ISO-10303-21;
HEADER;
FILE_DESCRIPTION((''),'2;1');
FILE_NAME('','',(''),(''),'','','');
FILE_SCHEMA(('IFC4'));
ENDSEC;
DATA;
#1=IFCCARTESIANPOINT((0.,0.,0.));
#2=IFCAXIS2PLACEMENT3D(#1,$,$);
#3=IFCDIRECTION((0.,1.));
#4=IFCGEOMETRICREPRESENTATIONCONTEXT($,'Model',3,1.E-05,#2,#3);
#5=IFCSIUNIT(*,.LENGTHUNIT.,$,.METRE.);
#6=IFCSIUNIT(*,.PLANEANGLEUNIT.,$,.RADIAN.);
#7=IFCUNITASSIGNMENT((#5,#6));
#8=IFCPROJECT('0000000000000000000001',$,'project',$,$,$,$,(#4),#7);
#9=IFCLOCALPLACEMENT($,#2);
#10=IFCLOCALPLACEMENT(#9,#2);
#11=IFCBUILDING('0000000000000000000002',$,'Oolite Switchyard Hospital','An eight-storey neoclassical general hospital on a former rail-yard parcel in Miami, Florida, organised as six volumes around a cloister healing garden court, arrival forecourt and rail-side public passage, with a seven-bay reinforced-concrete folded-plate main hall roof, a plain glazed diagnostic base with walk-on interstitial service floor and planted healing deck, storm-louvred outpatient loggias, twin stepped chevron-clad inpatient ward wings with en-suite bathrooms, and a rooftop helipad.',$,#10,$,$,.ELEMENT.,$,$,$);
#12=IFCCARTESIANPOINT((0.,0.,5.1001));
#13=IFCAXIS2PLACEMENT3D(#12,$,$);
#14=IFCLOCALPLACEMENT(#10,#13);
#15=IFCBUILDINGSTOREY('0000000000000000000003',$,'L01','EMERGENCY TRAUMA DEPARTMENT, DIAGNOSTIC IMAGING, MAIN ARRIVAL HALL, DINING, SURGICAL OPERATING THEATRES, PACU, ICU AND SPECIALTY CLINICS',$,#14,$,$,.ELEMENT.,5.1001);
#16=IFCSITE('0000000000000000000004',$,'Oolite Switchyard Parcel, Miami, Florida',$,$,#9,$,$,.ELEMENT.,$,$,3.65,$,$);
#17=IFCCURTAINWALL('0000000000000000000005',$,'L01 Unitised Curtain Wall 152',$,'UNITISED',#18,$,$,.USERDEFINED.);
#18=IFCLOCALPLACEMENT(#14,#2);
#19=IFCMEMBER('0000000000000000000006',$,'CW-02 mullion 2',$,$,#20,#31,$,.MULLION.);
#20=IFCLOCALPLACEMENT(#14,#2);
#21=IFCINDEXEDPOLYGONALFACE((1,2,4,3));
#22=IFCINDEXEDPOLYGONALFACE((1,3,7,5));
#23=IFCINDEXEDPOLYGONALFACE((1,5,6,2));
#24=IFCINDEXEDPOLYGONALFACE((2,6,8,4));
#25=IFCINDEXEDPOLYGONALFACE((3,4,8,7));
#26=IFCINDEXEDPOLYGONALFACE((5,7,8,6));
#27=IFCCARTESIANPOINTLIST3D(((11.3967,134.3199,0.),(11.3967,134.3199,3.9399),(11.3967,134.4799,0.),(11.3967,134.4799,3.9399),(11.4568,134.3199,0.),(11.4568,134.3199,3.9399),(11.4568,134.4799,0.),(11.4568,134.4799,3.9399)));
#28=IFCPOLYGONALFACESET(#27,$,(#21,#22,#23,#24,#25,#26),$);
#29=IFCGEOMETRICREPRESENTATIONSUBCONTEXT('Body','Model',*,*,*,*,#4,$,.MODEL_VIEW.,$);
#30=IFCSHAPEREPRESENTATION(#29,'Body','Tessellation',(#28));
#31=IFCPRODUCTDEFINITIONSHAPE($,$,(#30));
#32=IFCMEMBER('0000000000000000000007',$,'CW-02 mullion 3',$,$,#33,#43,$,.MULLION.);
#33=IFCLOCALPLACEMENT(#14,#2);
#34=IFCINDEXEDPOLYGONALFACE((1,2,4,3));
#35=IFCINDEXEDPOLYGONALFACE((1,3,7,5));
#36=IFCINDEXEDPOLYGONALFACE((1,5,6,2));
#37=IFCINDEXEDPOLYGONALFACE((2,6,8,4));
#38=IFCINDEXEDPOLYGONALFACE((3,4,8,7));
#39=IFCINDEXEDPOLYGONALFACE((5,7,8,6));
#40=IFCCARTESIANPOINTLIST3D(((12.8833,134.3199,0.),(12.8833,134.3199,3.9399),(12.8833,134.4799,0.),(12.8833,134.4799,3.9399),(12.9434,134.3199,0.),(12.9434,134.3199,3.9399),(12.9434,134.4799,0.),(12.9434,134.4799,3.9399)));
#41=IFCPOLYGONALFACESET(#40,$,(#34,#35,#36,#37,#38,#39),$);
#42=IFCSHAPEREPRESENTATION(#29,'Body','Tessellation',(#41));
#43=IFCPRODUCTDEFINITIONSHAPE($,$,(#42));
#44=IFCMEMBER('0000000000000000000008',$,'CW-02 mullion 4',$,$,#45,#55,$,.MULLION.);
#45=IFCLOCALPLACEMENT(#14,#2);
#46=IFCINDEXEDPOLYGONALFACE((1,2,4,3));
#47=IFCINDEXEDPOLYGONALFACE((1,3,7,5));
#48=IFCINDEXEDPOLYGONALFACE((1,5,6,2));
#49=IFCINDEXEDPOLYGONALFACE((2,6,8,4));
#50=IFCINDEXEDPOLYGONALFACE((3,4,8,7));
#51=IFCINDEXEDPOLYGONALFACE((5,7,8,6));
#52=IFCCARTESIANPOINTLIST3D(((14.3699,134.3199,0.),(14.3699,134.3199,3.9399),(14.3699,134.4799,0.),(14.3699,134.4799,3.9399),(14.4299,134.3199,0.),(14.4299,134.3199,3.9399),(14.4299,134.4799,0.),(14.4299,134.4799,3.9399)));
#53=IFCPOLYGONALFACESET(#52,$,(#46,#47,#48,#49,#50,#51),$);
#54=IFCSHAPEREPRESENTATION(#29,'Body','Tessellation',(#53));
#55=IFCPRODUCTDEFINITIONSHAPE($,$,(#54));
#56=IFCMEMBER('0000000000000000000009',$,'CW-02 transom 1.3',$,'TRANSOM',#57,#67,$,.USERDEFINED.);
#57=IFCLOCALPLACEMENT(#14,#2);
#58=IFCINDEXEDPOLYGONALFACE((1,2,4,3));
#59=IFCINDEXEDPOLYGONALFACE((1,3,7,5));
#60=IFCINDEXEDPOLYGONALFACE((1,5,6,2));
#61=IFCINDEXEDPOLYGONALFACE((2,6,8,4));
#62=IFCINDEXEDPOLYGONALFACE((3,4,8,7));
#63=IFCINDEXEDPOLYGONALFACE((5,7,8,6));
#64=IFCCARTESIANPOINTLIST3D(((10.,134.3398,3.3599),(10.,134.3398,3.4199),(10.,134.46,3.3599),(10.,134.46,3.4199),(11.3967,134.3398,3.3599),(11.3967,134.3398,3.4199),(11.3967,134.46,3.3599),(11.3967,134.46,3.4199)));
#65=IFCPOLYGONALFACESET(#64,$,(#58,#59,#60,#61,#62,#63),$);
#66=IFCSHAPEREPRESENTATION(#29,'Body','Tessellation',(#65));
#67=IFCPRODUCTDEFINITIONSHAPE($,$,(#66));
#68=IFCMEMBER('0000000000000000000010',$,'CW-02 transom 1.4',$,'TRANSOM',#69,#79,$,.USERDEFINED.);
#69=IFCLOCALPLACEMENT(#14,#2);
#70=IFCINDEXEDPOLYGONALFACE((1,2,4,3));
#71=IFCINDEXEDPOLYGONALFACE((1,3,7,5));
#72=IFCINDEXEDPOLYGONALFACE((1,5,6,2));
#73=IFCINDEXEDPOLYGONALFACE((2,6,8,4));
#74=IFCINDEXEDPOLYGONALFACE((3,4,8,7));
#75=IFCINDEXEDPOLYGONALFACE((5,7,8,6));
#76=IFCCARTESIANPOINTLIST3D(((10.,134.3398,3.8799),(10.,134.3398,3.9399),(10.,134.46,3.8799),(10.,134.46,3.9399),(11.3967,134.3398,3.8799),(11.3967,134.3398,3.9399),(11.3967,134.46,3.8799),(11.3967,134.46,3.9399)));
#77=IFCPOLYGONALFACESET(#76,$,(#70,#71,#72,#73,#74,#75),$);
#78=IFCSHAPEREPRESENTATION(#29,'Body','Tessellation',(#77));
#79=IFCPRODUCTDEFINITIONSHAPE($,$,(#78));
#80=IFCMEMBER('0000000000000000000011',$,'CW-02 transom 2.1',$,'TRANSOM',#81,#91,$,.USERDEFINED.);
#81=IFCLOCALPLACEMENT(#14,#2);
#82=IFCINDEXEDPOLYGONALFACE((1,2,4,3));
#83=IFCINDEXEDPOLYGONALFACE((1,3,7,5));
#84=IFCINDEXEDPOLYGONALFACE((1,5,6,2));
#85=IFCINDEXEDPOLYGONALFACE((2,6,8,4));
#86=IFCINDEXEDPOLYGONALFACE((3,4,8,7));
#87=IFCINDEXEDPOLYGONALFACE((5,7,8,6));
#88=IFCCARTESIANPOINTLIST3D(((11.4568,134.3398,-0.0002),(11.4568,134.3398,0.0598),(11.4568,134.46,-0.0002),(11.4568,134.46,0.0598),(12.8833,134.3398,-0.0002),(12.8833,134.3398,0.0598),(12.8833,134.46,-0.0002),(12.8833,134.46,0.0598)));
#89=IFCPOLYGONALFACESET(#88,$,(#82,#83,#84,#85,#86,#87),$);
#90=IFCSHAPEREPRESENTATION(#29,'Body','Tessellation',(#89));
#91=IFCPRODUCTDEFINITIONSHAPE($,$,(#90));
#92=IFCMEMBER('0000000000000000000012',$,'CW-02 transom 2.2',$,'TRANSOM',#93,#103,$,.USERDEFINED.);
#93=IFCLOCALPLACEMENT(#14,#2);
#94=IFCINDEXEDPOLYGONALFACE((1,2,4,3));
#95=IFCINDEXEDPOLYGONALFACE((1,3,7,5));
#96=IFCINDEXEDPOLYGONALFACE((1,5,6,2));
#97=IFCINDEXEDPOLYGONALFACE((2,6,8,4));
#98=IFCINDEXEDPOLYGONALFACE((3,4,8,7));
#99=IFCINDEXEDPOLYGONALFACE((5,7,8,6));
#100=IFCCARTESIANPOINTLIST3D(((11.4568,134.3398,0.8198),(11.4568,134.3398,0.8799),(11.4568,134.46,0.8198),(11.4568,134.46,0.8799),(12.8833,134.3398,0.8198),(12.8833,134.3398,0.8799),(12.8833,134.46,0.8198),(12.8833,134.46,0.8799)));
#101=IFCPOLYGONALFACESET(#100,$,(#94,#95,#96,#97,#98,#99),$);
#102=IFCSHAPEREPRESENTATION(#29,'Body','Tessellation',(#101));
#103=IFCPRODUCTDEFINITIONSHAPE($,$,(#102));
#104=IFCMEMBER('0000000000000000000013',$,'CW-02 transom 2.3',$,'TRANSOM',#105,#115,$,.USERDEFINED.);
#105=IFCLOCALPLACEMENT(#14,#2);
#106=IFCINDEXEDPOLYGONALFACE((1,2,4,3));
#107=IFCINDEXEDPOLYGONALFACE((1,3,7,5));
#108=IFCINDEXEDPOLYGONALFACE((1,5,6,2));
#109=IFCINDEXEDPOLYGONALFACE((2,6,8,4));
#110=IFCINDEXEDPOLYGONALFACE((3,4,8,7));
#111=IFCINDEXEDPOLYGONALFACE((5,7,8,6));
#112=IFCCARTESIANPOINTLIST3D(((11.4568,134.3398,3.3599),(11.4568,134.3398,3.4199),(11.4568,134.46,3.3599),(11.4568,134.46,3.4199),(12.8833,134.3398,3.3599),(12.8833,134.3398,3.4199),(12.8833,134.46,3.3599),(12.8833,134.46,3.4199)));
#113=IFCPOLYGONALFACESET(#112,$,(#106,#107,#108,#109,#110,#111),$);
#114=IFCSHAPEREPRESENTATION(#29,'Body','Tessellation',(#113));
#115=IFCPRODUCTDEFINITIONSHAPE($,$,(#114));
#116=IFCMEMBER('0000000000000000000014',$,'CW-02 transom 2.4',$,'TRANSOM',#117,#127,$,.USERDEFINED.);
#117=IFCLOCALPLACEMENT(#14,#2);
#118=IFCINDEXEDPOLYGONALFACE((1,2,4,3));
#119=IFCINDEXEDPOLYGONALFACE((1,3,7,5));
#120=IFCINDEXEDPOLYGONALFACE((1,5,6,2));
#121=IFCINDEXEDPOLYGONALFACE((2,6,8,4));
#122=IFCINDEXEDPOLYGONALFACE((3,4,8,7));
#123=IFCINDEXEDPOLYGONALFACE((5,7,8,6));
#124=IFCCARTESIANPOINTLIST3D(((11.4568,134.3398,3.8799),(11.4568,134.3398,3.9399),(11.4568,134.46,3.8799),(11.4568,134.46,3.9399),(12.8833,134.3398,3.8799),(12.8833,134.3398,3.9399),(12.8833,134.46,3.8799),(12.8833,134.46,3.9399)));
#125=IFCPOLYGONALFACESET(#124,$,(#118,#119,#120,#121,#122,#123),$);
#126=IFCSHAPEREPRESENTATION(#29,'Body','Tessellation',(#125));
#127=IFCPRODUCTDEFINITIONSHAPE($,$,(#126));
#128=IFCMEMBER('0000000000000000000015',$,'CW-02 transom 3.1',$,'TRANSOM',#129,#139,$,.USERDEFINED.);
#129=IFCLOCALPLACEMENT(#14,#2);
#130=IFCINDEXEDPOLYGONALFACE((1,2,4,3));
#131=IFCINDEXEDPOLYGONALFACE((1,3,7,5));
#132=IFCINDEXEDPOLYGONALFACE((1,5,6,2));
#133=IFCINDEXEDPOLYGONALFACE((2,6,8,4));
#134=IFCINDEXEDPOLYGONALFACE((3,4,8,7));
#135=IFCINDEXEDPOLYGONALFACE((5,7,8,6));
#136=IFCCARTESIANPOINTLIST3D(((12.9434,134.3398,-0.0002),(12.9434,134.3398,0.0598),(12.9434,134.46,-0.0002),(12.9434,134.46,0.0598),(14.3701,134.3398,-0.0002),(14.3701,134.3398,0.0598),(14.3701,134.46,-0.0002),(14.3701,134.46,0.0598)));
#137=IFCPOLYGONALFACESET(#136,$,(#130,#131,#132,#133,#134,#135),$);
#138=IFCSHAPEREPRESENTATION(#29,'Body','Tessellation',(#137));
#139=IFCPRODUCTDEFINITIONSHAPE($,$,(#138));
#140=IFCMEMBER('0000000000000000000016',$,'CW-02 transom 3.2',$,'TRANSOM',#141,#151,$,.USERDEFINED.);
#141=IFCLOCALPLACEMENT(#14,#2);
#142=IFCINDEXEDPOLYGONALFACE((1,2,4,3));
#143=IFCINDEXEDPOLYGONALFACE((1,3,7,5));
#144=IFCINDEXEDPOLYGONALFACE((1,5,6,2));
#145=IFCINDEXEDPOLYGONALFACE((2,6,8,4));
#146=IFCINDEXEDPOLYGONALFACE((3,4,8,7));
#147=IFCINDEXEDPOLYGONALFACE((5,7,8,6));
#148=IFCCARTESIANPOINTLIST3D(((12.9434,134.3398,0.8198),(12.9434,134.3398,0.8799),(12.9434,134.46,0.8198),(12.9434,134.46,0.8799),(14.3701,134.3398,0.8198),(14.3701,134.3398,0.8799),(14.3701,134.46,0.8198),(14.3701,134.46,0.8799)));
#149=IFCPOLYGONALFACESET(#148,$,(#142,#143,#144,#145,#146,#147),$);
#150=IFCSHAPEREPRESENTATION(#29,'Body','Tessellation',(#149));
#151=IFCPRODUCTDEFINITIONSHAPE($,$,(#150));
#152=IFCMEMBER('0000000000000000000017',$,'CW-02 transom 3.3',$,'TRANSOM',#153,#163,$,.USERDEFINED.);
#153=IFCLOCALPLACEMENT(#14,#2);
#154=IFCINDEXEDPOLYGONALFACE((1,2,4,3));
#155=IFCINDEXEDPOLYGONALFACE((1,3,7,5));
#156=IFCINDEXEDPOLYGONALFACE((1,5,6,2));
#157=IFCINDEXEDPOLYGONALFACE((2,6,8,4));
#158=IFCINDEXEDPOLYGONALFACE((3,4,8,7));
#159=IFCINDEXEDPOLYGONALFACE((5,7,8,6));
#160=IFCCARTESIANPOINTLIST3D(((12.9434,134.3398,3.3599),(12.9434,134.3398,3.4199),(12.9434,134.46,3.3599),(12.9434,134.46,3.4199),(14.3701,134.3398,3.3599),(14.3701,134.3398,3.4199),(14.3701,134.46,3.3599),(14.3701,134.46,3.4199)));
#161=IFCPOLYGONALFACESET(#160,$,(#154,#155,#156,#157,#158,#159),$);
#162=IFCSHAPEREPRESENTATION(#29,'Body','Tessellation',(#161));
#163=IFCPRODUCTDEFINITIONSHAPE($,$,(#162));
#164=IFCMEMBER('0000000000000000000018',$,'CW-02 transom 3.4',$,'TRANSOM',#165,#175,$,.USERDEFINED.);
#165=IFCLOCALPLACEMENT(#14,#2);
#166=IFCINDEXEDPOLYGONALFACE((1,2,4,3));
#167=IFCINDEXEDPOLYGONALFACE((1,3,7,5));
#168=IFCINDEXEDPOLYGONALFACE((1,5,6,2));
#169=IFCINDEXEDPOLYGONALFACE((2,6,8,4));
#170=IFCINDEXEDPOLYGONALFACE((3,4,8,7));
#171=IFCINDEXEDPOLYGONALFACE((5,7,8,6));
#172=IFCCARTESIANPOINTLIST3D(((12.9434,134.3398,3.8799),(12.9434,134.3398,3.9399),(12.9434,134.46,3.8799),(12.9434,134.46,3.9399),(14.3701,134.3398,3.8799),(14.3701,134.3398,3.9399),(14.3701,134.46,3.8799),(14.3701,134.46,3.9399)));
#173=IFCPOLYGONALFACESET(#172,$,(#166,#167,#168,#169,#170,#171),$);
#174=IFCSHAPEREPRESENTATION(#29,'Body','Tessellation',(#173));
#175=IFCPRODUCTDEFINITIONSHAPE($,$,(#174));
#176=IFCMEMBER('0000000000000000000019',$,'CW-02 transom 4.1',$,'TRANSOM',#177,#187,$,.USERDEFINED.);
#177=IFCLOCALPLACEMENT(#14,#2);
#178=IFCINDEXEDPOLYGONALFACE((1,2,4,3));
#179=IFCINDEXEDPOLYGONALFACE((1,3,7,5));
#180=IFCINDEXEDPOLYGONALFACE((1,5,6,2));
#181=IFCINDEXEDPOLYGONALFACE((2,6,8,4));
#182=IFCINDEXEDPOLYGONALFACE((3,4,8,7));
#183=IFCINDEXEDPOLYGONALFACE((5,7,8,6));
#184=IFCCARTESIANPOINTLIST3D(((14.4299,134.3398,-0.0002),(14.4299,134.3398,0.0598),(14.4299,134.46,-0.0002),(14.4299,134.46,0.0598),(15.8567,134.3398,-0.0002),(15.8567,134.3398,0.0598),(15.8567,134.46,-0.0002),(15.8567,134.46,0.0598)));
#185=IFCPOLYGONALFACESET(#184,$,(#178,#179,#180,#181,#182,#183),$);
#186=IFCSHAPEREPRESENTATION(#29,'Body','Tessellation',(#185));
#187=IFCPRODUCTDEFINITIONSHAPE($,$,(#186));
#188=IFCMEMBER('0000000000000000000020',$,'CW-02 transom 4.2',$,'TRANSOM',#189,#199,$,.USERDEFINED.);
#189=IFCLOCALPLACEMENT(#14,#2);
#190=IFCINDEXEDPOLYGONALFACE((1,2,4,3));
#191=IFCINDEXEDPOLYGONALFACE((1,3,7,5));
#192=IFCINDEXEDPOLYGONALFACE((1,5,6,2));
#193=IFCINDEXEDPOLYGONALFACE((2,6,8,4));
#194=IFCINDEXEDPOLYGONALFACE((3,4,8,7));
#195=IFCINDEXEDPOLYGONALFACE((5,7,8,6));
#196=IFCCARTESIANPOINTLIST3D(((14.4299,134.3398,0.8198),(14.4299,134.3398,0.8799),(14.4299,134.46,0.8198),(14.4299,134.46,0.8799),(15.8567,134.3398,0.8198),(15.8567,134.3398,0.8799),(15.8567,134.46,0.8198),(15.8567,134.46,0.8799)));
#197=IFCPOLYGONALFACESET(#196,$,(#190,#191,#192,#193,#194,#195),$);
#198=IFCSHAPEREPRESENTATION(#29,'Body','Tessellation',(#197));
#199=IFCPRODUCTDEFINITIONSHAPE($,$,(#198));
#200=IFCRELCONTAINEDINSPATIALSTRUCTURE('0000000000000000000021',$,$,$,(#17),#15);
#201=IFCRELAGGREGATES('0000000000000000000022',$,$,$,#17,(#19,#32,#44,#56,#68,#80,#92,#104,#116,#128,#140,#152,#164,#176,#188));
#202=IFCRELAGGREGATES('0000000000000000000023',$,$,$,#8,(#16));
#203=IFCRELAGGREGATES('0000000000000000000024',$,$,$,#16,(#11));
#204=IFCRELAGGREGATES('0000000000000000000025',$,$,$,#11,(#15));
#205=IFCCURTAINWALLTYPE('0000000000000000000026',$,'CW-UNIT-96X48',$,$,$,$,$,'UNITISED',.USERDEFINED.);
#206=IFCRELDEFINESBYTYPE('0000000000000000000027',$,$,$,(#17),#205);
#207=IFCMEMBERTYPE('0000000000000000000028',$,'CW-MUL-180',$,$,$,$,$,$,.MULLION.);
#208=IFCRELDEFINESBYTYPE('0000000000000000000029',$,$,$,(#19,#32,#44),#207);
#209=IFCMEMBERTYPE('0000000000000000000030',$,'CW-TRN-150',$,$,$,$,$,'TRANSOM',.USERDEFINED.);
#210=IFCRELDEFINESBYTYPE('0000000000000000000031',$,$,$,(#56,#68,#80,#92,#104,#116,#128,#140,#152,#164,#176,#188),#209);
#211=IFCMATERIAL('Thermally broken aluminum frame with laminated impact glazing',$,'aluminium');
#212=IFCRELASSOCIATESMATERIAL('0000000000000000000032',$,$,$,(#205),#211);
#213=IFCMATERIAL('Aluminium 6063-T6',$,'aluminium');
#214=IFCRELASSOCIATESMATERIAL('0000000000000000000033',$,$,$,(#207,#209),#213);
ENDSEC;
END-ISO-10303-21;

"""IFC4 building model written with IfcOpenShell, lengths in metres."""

from ifc_helpers import new_model, si_unit, direction, frame, origin, origin_2d, place, context, subcontext, project, spatial, rectangle, extrude, material, material_profile, profile_set, type_object, element, aggregate, save


model = new_model("IFC4")

# Units and contexts
model_context = context("Model", 3, precision=1e-05, world=origin(), true_north=direction((0.0, 1.0)))
body_context = subcontext(model_context, "Body", "Model", "MODEL_VIEW")
ifc_project = project(units=[si_unit("LENGTHUNIT", "METRE"), si_unit("PLANEANGLEUNIT", "RADIAN")], contexts=[model_context])

# Site, building, storey
site_placement = place(None, origin())
site = spatial("IfcSite", under=ifc_project, at=site_placement, Name="Oolite Switchyard Parcel, Miami, Florida", CompositionType="ELEMENT", RefElevation=3.65)
building_placement = place(site_placement, origin())
building = spatial("IfcBuilding", under=site, at=building_placement, Name="Oolite Switchyard Hospital", Description="An eight-storey neoclassical general hospital on a former rail-yard parcel in Miami, Florida, organised as six volumes around a cloister healing garden court, arrival forecourt and rail-side public passage, with a seven-bay reinforced-concrete folded-plate main hall roof, a plain glazed diagnostic base with walk-on interstitial service floor and planted healing deck, storm-louvred outpatient loggias, twin stepped chevron-clad inpatient ward wings with en-suite bathrooms, and a rooftop helipad.", CompositionType="ELEMENT")
storey_placement = place(building_placement, frame((0.0, 0.0, 5.1001)))
storey = spatial("IfcBuildingStorey", under=building, at=storey_placement, Name="L01", Description="EMERGENCY TRAUMA DEPARTMENT, DIAGNOSTIC IMAGING, MAIN ARRIVAL HALL, DINING, SURGICAL OPERATING THEATRES, PACU, ICU AND SPECIALTY CLINICS", CompositionType="ELEMENT", Elevation=5.1001)

# Curtain wall, members
ifc_material_1 = material(Name="Thermally broken aluminum frame with laminated impact glazing", Category="aluminium")
curtain_wall_type = type_object("IfcCurtainWallType", Name="CW-UNIT-96X48", ElementType="UNITISED", PredefinedType="USERDEFINED", material=ifc_material_1)
curtain_wall_placement = place(storey_placement, origin())
curtain_wall = element("IfcCurtainWall", 1, at=curtain_wall_placement, inside=storey, type_object=curtain_wall_type, Name="L01 Unitised Curtain Wall 152", ObjectType="UNITISED", PredefinedType="USERDEFINED")
ifc_material_2 = material(Name="Aluminium 6063-T6", Category="aluminium")
ifc_material_profile_1 = material_profile(ifc_material_2, rectangle(XDim=0.1599, YDim=0.0601, at=origin_2d()), Name="CWM60X160")
ifc_profile_set_1 = profile_set([ifc_material_profile_1], Name="Aluminium 6063-T6")
member_type_1 = type_object("IfcMemberType", Name="CW-MUL-180", PredefinedType="MULLION", material=ifc_profile_set_1)
member_1_placement = place(storey_placement, frame((11.4268, 134.3999, 0.0), z_axis=(0.0, 0.0, 1.0), x_axis=(0.0, 1.0, 0.0)))
member_1 = element("IfcMember", 2, at=member_1_placement, type_object=member_type_1, Name="CW-02 mullion 2", PredefinedType="MULLION", context=body_context, shape_type="SweptSolid", body=[
    extrude(rectangle(XDim=0.1599, YDim=0.0601, at=origin_2d()), origin(), (0.0, 0.0, 1.0), 3.9399),
])
member_2_placement = place(storey_placement, frame((12.9133, 134.3999, 0.0), z_axis=(0.0, 0.0, 1.0), x_axis=(0.0, 1.0, 0.0)))
member_2 = element("IfcMember", 3, at=member_2_placement, type_object=member_type_1, Name="CW-02 mullion 3", PredefinedType="MULLION", context=body_context, shape_type="SweptSolid", body=[
    extrude(rectangle(XDim=0.1599, YDim=0.0601, at=origin_2d()), origin(), (0.0, 0.0, 1.0), 3.9399),
])
member_3_placement = place(storey_placement, frame((14.3999, 134.3999, 0.0), z_axis=(0.0, 0.0, 1.0), x_axis=(0.0, 1.0, 0.0)))
member_3 = element("IfcMember", 4, at=member_3_placement, type_object=member_type_1, Name="CW-02 mullion 4", PredefinedType="MULLION", context=body_context, shape_type="SweptSolid", body=[
    extrude(rectangle(XDim=0.1599, YDim=0.0601, at=origin_2d()), origin(), (0.0, 0.0, 1.0), 3.9399),
])
ifc_material_profile_2 = material_profile(ifc_material_2, rectangle(XDim=0.1201, YDim=0.0601, at=origin_2d()), Name="CWT60X120")
ifc_profile_set_2 = profile_set([ifc_material_profile_2], Name="Aluminium 6063-T6")
member_type_2 = type_object("IfcMemberType", Name="CW-TRN-150", ElementType="TRANSOM", PredefinedType="USERDEFINED", material=ifc_profile_set_2)
member_4_placement = place(storey_placement, frame((10.0, 134.3999, 3.3899), z_axis=(1.0, 0.0, 0.0), x_axis=(0.0, 1.0, 0.0)))
member_4 = element("IfcMember", 5, at=member_4_placement, type_object=member_type_2, Name="CW-02 transom 1.3", ObjectType="TRANSOM", PredefinedType="USERDEFINED", context=body_context, shape_type="SweptSolid", body=[
    extrude(rectangle(XDim=0.1201, YDim=0.0601, at=origin_2d()), origin(), (0.0, 0.0, 1.0), 1.3967),
])
member_5_placement = place(storey_placement, frame((10.0, 134.3999, 3.9099), z_axis=(1.0, 0.0, 0.0), x_axis=(0.0, 1.0, 0.0)))
member_5 = element("IfcMember", 6, at=member_5_placement, type_object=member_type_2, Name="CW-02 transom 1.4", ObjectType="TRANSOM", PredefinedType="USERDEFINED", context=body_context, shape_type="SweptSolid", body=[
    extrude(rectangle(XDim=0.1201, YDim=0.0601, at=origin_2d()), origin(), (0.0, 0.0, 1.0), 1.3967),
])
member_6_placement = place(storey_placement, frame((11.4568, 134.3999, 0.0298), z_axis=(1.0, 0.0, 0.0), x_axis=(0.0, 1.0, 0.0)))
member_6 = element("IfcMember", 7, at=member_6_placement, type_object=member_type_2, Name="CW-02 transom 2.1", ObjectType="TRANSOM", PredefinedType="USERDEFINED", context=body_context, shape_type="SweptSolid", body=[
    extrude(rectangle(XDim=0.1201, YDim=0.0601, at=origin_2d()), origin(), (0.0, 0.0, 1.0), 1.4265),
])
member_7_placement = place(storey_placement, frame((11.4568, 134.3999, 0.8499), z_axis=(1.0, 0.0, 0.0), x_axis=(0.0, 1.0, 0.0)))
member_7 = element("IfcMember", 8, at=member_7_placement, type_object=member_type_2, Name="CW-02 transom 2.2", ObjectType="TRANSOM", PredefinedType="USERDEFINED", context=body_context, shape_type="SweptSolid", body=[
    extrude(rectangle(XDim=0.1201, YDim=0.0601, at=origin_2d()), origin(), (0.0, 0.0, 1.0), 1.4265),
])
member_8_placement = place(storey_placement, frame((11.4568, 134.3999, 3.3899), z_axis=(1.0, 0.0, 0.0), x_axis=(0.0, 1.0, 0.0)))
member_8 = element("IfcMember", 9, at=member_8_placement, type_object=member_type_2, Name="CW-02 transom 2.3", ObjectType="TRANSOM", PredefinedType="USERDEFINED", context=body_context, shape_type="SweptSolid", body=[
    extrude(rectangle(XDim=0.1201, YDim=0.0601, at=origin_2d()), origin(), (0.0, 0.0, 1.0), 1.4265),
])
member_9_placement = place(storey_placement, frame((11.4568, 134.3999, 3.9099), z_axis=(1.0, 0.0, 0.0), x_axis=(0.0, 1.0, 0.0)))
member_9 = element("IfcMember", 10, at=member_9_placement, type_object=member_type_2, Name="CW-02 transom 2.4", ObjectType="TRANSOM", PredefinedType="USERDEFINED", context=body_context, shape_type="SweptSolid", body=[
    extrude(rectangle(XDim=0.1201, YDim=0.0601, at=origin_2d()), origin(), (0.0, 0.0, 1.0), 1.4265),
])
member_10_placement = place(storey_placement, frame((12.9434, 134.3999, 0.0298), z_axis=(1.0, 0.0, 0.0), x_axis=(0.0, 1.0, 0.0)))
member_10 = element("IfcMember", 11, at=member_10_placement, type_object=member_type_2, Name="CW-02 transom 3.1", ObjectType="TRANSOM", PredefinedType="USERDEFINED", context=body_context, shape_type="SweptSolid", body=[
    extrude(rectangle(XDim=0.1201, YDim=0.0601, at=origin_2d()), origin(), (0.0, 0.0, 1.0), 1.4268),
])
member_11_placement = place(storey_placement, frame((12.9434, 134.3999, 0.8499), z_axis=(1.0, 0.0, 0.0), x_axis=(0.0, 1.0, 0.0)))
member_11 = element("IfcMember", 12, at=member_11_placement, type_object=member_type_2, Name="CW-02 transom 3.2", ObjectType="TRANSOM", PredefinedType="USERDEFINED", context=body_context, shape_type="SweptSolid", body=[
    extrude(rectangle(XDim=0.1201, YDim=0.0601, at=origin_2d()), origin(), (0.0, 0.0, 1.0), 1.4268),
])
member_12_placement = place(storey_placement, frame((12.9434, 134.3999, 3.3899), z_axis=(1.0, 0.0, 0.0), x_axis=(0.0, 1.0, 0.0)))
member_12 = element("IfcMember", 13, at=member_12_placement, type_object=member_type_2, Name="CW-02 transom 3.3", ObjectType="TRANSOM", PredefinedType="USERDEFINED", context=body_context, shape_type="SweptSolid", body=[
    extrude(rectangle(XDim=0.1201, YDim=0.0601, at=origin_2d()), origin(), (0.0, 0.0, 1.0), 1.4268),
])
member_13_placement = place(storey_placement, frame((12.9434, 134.3999, 3.9099), z_axis=(1.0, 0.0, 0.0), x_axis=(0.0, 1.0, 0.0)))
member_13 = element("IfcMember", 14, at=member_13_placement, type_object=member_type_2, Name="CW-02 transom 3.4", ObjectType="TRANSOM", PredefinedType="USERDEFINED", context=body_context, shape_type="SweptSolid", body=[
    extrude(rectangle(XDim=0.1201, YDim=0.0601, at=origin_2d()), origin(), (0.0, 0.0, 1.0), 1.4268),
])
member_14_placement = place(storey_placement, frame((14.4299, 134.3999, 0.0298), z_axis=(1.0, 0.0, 0.0), x_axis=(0.0, 1.0, 0.0)))
member_14 = element("IfcMember", 15, at=member_14_placement, type_object=member_type_2, Name="CW-02 transom 4.1", ObjectType="TRANSOM", PredefinedType="USERDEFINED", context=body_context, shape_type="SweptSolid", body=[
    extrude(rectangle(XDim=0.1201, YDim=0.0601, at=origin_2d()), origin(), (0.0, 0.0, 1.0), 1.4268),
])
member_15_placement = place(storey_placement, frame((14.4299, 134.3999, 0.8499), z_axis=(1.0, 0.0, 0.0), x_axis=(0.0, 1.0, 0.0)))
member_15 = element("IfcMember", 16, at=member_15_placement, type_object=member_type_2, Name="CW-02 transom 4.2", ObjectType="TRANSOM", PredefinedType="USERDEFINED", context=body_context, shape_type="SweptSolid", body=[
    extrude(rectangle(XDim=0.1201, YDim=0.0601, at=origin_2d()), origin(), (0.0, 0.0, 1.0), 1.4268),
])
aggregate(curtain_wall, [member_1, member_2, member_3, member_4, member_5, member_6, member_7, member_8, member_9, member_10, member_11, member_12, member_13, member_14, member_15])

save(model, "model.ifc")
